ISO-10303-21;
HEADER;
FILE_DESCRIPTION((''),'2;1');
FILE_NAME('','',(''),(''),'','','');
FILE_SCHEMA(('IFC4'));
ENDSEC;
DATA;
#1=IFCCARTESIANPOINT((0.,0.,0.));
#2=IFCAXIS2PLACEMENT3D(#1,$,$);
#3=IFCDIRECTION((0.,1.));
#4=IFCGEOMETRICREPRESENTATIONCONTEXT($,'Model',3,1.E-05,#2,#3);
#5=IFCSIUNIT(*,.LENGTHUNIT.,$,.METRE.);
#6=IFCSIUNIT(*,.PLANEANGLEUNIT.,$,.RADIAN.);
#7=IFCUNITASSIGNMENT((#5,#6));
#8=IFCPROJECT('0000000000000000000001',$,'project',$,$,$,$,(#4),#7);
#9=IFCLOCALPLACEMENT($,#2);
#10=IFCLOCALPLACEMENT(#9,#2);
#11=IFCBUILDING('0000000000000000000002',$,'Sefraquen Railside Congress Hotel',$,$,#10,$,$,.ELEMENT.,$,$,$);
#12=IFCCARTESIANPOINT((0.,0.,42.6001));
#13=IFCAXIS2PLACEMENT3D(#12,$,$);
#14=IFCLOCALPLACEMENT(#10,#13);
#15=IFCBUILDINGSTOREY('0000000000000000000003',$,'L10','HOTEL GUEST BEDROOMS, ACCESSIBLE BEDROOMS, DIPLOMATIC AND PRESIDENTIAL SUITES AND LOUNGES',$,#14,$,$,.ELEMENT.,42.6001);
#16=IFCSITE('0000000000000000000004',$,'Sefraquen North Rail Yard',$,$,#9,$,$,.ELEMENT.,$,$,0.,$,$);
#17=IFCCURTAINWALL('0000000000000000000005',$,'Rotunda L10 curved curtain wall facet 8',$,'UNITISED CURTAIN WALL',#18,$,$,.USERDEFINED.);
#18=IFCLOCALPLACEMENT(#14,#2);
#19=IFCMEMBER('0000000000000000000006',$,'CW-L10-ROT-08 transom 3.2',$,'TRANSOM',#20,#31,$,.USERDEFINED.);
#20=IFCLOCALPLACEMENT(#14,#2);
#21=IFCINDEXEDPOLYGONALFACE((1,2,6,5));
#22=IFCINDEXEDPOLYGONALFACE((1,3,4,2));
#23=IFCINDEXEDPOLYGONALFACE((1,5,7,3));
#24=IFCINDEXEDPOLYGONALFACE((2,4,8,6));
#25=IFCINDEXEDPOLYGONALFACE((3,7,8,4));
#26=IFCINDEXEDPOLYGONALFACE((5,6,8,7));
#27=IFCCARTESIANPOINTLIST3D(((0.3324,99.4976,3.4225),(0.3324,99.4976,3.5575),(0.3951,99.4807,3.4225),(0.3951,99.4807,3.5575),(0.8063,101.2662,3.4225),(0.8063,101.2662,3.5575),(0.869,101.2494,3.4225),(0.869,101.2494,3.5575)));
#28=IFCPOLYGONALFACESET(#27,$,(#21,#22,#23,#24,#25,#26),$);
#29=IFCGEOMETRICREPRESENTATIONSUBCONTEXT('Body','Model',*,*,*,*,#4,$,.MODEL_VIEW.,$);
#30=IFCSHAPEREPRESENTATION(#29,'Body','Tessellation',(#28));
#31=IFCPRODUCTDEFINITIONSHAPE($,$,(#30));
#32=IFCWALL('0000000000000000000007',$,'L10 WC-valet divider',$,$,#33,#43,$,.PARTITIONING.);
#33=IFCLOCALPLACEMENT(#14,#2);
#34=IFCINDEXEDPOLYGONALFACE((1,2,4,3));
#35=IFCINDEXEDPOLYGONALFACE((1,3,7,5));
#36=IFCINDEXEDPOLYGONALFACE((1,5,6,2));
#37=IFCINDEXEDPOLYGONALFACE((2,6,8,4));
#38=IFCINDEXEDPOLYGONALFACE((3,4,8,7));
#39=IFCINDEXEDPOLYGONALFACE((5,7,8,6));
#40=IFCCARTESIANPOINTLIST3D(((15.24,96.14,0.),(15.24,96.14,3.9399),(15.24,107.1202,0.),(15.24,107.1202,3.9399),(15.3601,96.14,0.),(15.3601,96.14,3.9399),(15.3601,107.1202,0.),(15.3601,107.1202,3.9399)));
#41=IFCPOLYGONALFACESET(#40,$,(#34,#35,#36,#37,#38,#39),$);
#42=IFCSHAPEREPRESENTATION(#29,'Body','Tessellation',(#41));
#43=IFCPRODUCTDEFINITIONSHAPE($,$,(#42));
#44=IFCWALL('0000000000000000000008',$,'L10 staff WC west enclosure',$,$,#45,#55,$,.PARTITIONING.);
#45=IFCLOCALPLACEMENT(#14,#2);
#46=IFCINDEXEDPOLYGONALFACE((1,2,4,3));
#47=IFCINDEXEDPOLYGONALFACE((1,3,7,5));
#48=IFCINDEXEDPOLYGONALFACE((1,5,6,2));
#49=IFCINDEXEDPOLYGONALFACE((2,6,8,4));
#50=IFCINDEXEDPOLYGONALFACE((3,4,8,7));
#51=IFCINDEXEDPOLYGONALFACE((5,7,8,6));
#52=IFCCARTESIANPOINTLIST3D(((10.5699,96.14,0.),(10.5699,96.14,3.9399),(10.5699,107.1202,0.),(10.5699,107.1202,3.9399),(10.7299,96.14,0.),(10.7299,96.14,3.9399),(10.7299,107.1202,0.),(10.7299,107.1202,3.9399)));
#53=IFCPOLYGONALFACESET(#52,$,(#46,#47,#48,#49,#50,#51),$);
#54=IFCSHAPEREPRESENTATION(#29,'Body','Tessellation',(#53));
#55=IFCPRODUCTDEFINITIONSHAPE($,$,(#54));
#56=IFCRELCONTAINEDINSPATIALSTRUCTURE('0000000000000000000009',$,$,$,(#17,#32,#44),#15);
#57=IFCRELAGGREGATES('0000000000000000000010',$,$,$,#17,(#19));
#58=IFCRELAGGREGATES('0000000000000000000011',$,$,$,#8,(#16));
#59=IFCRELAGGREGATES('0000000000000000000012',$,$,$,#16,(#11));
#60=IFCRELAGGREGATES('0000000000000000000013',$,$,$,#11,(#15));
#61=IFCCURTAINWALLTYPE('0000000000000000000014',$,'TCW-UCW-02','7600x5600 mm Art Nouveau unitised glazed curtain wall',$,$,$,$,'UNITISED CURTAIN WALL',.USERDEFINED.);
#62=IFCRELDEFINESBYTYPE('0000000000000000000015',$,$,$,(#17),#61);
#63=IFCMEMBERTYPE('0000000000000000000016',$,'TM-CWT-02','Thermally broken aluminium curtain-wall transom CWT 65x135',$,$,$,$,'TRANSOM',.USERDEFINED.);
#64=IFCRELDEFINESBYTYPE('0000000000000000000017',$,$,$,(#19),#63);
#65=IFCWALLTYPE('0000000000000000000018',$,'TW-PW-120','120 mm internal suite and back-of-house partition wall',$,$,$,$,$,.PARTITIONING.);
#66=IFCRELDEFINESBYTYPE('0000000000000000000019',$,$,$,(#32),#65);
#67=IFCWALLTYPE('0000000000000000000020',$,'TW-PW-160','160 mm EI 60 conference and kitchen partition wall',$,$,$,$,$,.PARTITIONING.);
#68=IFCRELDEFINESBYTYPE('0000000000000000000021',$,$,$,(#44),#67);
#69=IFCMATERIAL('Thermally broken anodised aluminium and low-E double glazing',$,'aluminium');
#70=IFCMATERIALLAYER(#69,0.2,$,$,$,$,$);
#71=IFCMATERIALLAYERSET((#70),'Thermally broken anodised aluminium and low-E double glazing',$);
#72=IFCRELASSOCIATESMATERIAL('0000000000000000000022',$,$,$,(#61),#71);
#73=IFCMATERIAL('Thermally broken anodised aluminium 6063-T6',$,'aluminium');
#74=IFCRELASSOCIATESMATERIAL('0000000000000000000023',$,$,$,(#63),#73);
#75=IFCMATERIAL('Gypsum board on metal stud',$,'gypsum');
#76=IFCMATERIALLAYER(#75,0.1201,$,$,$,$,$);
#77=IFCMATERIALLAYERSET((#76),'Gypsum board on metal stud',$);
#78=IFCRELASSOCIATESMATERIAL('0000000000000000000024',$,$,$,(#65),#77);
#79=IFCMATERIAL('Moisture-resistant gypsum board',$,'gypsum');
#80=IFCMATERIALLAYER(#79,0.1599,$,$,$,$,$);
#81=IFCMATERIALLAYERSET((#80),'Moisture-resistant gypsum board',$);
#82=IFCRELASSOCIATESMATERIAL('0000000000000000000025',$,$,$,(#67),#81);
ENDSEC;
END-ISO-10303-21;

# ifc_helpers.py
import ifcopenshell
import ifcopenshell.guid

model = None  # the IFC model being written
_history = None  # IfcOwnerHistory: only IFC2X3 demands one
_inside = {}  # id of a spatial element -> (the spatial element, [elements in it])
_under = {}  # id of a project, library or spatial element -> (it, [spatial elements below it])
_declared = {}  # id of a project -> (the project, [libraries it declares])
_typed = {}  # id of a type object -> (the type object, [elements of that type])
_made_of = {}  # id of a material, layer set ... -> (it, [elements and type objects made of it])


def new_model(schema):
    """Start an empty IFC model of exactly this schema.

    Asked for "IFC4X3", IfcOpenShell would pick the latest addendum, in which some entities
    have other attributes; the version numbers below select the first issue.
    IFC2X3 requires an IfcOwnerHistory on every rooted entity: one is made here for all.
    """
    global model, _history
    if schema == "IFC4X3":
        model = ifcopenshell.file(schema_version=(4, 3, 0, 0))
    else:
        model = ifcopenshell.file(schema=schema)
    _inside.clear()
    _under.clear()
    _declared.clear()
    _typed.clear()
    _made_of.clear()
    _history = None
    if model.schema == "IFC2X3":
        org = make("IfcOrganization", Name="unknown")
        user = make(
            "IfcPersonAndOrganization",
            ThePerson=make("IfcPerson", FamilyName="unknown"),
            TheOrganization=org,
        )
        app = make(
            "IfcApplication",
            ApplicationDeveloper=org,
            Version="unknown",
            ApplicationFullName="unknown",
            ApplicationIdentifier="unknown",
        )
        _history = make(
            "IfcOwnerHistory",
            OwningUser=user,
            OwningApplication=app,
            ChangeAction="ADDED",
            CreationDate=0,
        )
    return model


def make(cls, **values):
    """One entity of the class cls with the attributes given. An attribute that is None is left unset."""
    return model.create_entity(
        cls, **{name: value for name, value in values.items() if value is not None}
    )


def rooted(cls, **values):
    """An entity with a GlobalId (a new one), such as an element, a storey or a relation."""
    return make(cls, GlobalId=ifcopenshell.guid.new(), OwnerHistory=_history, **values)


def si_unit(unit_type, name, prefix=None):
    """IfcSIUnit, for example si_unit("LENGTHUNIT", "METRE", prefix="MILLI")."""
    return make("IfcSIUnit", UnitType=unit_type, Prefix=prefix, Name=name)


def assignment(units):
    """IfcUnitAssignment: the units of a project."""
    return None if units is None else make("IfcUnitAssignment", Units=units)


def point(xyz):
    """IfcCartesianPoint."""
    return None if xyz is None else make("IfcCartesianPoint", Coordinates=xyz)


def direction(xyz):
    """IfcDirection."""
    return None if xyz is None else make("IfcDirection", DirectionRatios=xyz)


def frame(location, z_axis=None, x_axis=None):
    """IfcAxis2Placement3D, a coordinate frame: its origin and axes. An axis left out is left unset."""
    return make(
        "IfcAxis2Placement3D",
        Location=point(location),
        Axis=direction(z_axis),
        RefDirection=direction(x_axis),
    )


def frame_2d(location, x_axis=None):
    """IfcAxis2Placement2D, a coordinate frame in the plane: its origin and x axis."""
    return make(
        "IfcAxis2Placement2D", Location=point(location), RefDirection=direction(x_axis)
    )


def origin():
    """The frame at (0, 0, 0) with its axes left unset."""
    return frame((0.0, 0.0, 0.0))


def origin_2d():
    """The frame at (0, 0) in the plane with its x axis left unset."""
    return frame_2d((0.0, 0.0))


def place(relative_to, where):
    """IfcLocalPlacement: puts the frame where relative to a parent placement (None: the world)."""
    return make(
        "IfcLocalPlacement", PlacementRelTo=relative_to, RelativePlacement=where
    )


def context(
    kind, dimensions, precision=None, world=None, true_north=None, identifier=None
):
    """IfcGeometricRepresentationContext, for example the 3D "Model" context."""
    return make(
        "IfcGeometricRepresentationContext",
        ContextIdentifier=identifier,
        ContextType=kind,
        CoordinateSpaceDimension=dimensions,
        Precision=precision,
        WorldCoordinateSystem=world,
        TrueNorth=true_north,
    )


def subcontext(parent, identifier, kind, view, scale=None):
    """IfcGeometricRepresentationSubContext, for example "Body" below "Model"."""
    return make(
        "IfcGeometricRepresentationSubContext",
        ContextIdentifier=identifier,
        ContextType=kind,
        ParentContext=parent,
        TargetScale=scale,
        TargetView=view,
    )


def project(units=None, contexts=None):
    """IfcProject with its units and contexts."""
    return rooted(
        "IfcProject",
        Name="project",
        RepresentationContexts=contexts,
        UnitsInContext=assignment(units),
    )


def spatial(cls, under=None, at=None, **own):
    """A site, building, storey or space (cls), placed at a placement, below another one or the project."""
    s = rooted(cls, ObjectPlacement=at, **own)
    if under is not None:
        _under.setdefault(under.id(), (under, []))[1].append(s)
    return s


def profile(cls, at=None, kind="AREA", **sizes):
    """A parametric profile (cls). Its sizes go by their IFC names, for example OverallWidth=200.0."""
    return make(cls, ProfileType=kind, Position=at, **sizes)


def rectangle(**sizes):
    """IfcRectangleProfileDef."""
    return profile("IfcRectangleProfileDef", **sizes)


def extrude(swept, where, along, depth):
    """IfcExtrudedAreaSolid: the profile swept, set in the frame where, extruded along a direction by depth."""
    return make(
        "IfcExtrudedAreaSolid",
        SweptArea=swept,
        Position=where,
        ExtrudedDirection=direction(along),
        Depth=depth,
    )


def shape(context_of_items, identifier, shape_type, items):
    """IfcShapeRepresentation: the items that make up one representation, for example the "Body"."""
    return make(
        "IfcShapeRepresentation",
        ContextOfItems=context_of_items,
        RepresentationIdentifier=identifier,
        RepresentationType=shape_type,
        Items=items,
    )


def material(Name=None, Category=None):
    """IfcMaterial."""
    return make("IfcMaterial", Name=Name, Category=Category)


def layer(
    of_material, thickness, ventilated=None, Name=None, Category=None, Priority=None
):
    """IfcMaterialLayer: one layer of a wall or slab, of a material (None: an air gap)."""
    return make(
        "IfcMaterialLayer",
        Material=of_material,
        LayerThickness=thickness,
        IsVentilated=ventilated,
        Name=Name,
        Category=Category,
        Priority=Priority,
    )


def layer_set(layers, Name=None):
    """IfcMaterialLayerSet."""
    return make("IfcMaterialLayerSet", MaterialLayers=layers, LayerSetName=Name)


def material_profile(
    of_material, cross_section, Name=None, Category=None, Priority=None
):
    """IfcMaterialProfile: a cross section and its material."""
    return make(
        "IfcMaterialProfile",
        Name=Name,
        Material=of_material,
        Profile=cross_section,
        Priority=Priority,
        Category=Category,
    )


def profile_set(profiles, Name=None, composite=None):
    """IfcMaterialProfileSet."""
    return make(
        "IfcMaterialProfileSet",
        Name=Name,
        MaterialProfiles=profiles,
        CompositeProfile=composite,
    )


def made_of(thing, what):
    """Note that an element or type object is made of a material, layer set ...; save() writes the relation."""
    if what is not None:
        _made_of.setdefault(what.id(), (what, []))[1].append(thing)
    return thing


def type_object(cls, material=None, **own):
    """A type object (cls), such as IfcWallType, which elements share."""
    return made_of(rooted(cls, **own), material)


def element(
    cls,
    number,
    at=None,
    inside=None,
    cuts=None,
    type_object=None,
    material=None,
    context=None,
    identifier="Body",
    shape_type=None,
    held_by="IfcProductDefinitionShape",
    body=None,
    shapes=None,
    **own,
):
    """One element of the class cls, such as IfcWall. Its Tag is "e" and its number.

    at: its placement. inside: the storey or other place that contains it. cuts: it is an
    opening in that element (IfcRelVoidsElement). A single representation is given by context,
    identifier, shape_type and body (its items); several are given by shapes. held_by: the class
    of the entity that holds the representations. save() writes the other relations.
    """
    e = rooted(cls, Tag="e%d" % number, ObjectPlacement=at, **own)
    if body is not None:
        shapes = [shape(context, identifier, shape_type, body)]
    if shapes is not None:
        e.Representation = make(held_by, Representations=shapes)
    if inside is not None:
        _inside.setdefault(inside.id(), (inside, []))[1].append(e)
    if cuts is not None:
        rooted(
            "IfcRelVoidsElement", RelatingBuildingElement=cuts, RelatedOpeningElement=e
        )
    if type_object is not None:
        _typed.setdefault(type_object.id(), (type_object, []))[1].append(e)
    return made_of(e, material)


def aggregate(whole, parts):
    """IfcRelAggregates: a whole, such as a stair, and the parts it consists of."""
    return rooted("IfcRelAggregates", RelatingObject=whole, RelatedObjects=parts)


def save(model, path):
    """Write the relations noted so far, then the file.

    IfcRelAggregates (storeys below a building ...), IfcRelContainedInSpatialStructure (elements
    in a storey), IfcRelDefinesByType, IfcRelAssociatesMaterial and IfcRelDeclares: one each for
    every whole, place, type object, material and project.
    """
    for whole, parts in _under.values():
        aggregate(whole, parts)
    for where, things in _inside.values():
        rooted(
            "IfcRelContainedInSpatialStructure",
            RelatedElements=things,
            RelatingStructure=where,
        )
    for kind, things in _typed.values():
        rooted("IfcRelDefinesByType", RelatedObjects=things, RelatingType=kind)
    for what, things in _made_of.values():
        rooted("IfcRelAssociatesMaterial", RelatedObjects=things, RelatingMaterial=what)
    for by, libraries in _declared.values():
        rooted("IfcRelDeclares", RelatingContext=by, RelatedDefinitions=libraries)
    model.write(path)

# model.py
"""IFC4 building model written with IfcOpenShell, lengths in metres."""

from ifc_helpers import new_model, si_unit, direction, frame, frame_2d, origin, origin_2d, place, context, subcontext, project, spatial, rectangle, extrude, material, layer, layer_set, material_profile, profile_set, type_object, element, aggregate, save


model = new_model("IFC4")

# Units and contexts
model_context = context("Model", 3, precision=1e-05, world=origin(), true_north=direction((0.0, 1.0)))
body_context = subcontext(model_context, "Body", "Model", "MODEL_VIEW")
ifc_project = project(units=[si_unit("LENGTHUNIT", "METRE"), si_unit("PLANEANGLEUNIT", "RADIAN")], contexts=[model_context])

# Site, building, storey
site_placement = place(None, origin())
site = spatial("IfcSite", under=ifc_project, at=site_placement, Name="Sefraquen North Rail Yard", CompositionType="ELEMENT", RefElevation=0.0)
building_placement = place(site_placement, origin())
building = spatial("IfcBuilding", under=site, at=building_placement, Name="Sefraquen Railside Congress Hotel", CompositionType="ELEMENT")
storey_placement = place(building_placement, frame((0.0, 0.0, 42.6001)))
storey = spatial("IfcBuildingStorey", under=building, at=storey_placement, Name="L10", Description="HOTEL GUEST BEDROOMS, ACCESSIBLE BEDROOMS, DIPLOMATIC AND PRESIDENTIAL SUITES AND LOUNGES", CompositionType="ELEMENT", Elevation=42.6001)

# Curtain wall, member
ifc_material_1 = material(Name="Thermally broken anodised aluminium and low-E double glazing", Category="aluminium")
ifc_layer_1 = layer(ifc_material_1, 0.2)
ifc_layer_set_1 = layer_set([ifc_layer_1], Name="Thermally broken anodised aluminium and low-E double glazing")
curtain_wall_type = type_object("IfcCurtainWallType", Name="TCW-UCW-02", Description="7600x5600 mm Art Nouveau unitised glazed curtain wall", ElementType="UNITISED CURTAIN WALL", PredefinedType="USERDEFINED", material=ifc_layer_set_1)
curtain_wall_placement = place(storey_placement, origin())
curtain_wall = element("IfcCurtainWall", 1, at=curtain_wall_placement, inside=storey, type_object=curtain_wall_type, Name="Rotunda L10 curved curtain wall facet 8", ObjectType="UNITISED CURTAIN WALL", PredefinedType="USERDEFINED")
ifc_material_2 = material(Name="Thermally broken anodised aluminium 6063-T6", Category="aluminium")
ifc_material_profile_1 = material_profile(ifc_material_2, rectangle(XDim=0.0649, YDim=0.135, at=origin_2d()), Name="CWT 65x135")
ifc_profile_set_1 = profile_set([ifc_material_profile_1], Name="Thermally broken anodised aluminium 6063-T6")
member_type_1 = type_object("IfcMemberType", Name="TM-CWT-02", Description="Thermally broken aluminium curtain-wall transom CWT 65x135", ElementType="TRANSOM", PredefinedType="USERDEFINED", material=ifc_profile_set_1)
member_1_placement = place(storey_placement, frame((0.8376, 101.2578, 3.49), z_axis=(-0.258816, -0.965927, 0.0), x_axis=(0.965927, -0.258816, 0.0)))
member_1 = element("IfcMember", 2, at=member_1_placement, type_object=member_type_1, Name="CW-L10-ROT-08 transom 3.2", ObjectType="TRANSOM", PredefinedType="USERDEFINED", context=body_context, shape_type="SweptSolid", body=[
    extrude(rectangle(XDim=0.0649, YDim=0.135, at=origin_2d()), origin(), (0.0, 0.0, 1.0), 1.8311),
])
aggregate(curtain_wall, [member_1])

# Walls
ifc_material_3 = material(Name="Gypsum board on metal stud", Category="gypsum")
ifc_layer_2 = layer(ifc_material_3, 0.1201)
ifc_layer_set_2 = layer_set([ifc_layer_2], Name="Gypsum board on metal stud")
wall_type_1 = type_object("IfcWallType", Name="TW-PW-120", Description="120 mm internal suite and back-of-house partition wall", PredefinedType="PARTITIONING", material=ifc_layer_set_2)
wall_1_placement = place(storey_placement, frame((15.3, 96.1399, 0.0), z_axis=(0.0, 0.0, 1.0), x_axis=(0.0, 1.0, 0.0)))
element("IfcWall", 3, at=wall_1_placement, inside=storey, type_object=wall_type_1, Name="L10 WC-valet divider", PredefinedType="PARTITIONING", context=body_context, shape_type="SweptSolid", body=[
    extrude(rectangle(XDim=10.9802, YDim=0.1201, at=frame_2d((5.4902, 0.0))), origin(), (0.0, 0.0, 1.0), 3.9399),
])
ifc_material_4 = material(Name="Moisture-resistant gypsum board", Category="gypsum")
ifc_layer_3 = layer(ifc_material_4, 0.1599)
ifc_layer_set_3 = layer_set([ifc_layer_3], Name="Moisture-resistant gypsum board")
wall_type_2 = type_object("IfcWallType", Name="TW-PW-160", Description="160 mm EI 60 conference and kitchen partition wall", PredefinedType="PARTITIONING", material=ifc_layer_set_3)
wall_2_placement = place(storey_placement, frame((10.6499, 96.1399, 0.0), z_axis=(0.0, 0.0, 1.0), x_axis=(0.0, 1.0, 0.0)))
element("IfcWall", 4, at=wall_2_placement, inside=storey, type_object=wall_type_2, Name="L10 staff WC west enclosure", PredefinedType="PARTITIONING", context=body_context, shape_type="SweptSolid", body=[
    extrude(rectangle(XDim=10.9802, YDim=0.1599, at=frame_2d((5.4902, 0.0))), origin(), (0.0, 0.0, 1.0), 3.9399),
])

save(model, "model.ifc")
